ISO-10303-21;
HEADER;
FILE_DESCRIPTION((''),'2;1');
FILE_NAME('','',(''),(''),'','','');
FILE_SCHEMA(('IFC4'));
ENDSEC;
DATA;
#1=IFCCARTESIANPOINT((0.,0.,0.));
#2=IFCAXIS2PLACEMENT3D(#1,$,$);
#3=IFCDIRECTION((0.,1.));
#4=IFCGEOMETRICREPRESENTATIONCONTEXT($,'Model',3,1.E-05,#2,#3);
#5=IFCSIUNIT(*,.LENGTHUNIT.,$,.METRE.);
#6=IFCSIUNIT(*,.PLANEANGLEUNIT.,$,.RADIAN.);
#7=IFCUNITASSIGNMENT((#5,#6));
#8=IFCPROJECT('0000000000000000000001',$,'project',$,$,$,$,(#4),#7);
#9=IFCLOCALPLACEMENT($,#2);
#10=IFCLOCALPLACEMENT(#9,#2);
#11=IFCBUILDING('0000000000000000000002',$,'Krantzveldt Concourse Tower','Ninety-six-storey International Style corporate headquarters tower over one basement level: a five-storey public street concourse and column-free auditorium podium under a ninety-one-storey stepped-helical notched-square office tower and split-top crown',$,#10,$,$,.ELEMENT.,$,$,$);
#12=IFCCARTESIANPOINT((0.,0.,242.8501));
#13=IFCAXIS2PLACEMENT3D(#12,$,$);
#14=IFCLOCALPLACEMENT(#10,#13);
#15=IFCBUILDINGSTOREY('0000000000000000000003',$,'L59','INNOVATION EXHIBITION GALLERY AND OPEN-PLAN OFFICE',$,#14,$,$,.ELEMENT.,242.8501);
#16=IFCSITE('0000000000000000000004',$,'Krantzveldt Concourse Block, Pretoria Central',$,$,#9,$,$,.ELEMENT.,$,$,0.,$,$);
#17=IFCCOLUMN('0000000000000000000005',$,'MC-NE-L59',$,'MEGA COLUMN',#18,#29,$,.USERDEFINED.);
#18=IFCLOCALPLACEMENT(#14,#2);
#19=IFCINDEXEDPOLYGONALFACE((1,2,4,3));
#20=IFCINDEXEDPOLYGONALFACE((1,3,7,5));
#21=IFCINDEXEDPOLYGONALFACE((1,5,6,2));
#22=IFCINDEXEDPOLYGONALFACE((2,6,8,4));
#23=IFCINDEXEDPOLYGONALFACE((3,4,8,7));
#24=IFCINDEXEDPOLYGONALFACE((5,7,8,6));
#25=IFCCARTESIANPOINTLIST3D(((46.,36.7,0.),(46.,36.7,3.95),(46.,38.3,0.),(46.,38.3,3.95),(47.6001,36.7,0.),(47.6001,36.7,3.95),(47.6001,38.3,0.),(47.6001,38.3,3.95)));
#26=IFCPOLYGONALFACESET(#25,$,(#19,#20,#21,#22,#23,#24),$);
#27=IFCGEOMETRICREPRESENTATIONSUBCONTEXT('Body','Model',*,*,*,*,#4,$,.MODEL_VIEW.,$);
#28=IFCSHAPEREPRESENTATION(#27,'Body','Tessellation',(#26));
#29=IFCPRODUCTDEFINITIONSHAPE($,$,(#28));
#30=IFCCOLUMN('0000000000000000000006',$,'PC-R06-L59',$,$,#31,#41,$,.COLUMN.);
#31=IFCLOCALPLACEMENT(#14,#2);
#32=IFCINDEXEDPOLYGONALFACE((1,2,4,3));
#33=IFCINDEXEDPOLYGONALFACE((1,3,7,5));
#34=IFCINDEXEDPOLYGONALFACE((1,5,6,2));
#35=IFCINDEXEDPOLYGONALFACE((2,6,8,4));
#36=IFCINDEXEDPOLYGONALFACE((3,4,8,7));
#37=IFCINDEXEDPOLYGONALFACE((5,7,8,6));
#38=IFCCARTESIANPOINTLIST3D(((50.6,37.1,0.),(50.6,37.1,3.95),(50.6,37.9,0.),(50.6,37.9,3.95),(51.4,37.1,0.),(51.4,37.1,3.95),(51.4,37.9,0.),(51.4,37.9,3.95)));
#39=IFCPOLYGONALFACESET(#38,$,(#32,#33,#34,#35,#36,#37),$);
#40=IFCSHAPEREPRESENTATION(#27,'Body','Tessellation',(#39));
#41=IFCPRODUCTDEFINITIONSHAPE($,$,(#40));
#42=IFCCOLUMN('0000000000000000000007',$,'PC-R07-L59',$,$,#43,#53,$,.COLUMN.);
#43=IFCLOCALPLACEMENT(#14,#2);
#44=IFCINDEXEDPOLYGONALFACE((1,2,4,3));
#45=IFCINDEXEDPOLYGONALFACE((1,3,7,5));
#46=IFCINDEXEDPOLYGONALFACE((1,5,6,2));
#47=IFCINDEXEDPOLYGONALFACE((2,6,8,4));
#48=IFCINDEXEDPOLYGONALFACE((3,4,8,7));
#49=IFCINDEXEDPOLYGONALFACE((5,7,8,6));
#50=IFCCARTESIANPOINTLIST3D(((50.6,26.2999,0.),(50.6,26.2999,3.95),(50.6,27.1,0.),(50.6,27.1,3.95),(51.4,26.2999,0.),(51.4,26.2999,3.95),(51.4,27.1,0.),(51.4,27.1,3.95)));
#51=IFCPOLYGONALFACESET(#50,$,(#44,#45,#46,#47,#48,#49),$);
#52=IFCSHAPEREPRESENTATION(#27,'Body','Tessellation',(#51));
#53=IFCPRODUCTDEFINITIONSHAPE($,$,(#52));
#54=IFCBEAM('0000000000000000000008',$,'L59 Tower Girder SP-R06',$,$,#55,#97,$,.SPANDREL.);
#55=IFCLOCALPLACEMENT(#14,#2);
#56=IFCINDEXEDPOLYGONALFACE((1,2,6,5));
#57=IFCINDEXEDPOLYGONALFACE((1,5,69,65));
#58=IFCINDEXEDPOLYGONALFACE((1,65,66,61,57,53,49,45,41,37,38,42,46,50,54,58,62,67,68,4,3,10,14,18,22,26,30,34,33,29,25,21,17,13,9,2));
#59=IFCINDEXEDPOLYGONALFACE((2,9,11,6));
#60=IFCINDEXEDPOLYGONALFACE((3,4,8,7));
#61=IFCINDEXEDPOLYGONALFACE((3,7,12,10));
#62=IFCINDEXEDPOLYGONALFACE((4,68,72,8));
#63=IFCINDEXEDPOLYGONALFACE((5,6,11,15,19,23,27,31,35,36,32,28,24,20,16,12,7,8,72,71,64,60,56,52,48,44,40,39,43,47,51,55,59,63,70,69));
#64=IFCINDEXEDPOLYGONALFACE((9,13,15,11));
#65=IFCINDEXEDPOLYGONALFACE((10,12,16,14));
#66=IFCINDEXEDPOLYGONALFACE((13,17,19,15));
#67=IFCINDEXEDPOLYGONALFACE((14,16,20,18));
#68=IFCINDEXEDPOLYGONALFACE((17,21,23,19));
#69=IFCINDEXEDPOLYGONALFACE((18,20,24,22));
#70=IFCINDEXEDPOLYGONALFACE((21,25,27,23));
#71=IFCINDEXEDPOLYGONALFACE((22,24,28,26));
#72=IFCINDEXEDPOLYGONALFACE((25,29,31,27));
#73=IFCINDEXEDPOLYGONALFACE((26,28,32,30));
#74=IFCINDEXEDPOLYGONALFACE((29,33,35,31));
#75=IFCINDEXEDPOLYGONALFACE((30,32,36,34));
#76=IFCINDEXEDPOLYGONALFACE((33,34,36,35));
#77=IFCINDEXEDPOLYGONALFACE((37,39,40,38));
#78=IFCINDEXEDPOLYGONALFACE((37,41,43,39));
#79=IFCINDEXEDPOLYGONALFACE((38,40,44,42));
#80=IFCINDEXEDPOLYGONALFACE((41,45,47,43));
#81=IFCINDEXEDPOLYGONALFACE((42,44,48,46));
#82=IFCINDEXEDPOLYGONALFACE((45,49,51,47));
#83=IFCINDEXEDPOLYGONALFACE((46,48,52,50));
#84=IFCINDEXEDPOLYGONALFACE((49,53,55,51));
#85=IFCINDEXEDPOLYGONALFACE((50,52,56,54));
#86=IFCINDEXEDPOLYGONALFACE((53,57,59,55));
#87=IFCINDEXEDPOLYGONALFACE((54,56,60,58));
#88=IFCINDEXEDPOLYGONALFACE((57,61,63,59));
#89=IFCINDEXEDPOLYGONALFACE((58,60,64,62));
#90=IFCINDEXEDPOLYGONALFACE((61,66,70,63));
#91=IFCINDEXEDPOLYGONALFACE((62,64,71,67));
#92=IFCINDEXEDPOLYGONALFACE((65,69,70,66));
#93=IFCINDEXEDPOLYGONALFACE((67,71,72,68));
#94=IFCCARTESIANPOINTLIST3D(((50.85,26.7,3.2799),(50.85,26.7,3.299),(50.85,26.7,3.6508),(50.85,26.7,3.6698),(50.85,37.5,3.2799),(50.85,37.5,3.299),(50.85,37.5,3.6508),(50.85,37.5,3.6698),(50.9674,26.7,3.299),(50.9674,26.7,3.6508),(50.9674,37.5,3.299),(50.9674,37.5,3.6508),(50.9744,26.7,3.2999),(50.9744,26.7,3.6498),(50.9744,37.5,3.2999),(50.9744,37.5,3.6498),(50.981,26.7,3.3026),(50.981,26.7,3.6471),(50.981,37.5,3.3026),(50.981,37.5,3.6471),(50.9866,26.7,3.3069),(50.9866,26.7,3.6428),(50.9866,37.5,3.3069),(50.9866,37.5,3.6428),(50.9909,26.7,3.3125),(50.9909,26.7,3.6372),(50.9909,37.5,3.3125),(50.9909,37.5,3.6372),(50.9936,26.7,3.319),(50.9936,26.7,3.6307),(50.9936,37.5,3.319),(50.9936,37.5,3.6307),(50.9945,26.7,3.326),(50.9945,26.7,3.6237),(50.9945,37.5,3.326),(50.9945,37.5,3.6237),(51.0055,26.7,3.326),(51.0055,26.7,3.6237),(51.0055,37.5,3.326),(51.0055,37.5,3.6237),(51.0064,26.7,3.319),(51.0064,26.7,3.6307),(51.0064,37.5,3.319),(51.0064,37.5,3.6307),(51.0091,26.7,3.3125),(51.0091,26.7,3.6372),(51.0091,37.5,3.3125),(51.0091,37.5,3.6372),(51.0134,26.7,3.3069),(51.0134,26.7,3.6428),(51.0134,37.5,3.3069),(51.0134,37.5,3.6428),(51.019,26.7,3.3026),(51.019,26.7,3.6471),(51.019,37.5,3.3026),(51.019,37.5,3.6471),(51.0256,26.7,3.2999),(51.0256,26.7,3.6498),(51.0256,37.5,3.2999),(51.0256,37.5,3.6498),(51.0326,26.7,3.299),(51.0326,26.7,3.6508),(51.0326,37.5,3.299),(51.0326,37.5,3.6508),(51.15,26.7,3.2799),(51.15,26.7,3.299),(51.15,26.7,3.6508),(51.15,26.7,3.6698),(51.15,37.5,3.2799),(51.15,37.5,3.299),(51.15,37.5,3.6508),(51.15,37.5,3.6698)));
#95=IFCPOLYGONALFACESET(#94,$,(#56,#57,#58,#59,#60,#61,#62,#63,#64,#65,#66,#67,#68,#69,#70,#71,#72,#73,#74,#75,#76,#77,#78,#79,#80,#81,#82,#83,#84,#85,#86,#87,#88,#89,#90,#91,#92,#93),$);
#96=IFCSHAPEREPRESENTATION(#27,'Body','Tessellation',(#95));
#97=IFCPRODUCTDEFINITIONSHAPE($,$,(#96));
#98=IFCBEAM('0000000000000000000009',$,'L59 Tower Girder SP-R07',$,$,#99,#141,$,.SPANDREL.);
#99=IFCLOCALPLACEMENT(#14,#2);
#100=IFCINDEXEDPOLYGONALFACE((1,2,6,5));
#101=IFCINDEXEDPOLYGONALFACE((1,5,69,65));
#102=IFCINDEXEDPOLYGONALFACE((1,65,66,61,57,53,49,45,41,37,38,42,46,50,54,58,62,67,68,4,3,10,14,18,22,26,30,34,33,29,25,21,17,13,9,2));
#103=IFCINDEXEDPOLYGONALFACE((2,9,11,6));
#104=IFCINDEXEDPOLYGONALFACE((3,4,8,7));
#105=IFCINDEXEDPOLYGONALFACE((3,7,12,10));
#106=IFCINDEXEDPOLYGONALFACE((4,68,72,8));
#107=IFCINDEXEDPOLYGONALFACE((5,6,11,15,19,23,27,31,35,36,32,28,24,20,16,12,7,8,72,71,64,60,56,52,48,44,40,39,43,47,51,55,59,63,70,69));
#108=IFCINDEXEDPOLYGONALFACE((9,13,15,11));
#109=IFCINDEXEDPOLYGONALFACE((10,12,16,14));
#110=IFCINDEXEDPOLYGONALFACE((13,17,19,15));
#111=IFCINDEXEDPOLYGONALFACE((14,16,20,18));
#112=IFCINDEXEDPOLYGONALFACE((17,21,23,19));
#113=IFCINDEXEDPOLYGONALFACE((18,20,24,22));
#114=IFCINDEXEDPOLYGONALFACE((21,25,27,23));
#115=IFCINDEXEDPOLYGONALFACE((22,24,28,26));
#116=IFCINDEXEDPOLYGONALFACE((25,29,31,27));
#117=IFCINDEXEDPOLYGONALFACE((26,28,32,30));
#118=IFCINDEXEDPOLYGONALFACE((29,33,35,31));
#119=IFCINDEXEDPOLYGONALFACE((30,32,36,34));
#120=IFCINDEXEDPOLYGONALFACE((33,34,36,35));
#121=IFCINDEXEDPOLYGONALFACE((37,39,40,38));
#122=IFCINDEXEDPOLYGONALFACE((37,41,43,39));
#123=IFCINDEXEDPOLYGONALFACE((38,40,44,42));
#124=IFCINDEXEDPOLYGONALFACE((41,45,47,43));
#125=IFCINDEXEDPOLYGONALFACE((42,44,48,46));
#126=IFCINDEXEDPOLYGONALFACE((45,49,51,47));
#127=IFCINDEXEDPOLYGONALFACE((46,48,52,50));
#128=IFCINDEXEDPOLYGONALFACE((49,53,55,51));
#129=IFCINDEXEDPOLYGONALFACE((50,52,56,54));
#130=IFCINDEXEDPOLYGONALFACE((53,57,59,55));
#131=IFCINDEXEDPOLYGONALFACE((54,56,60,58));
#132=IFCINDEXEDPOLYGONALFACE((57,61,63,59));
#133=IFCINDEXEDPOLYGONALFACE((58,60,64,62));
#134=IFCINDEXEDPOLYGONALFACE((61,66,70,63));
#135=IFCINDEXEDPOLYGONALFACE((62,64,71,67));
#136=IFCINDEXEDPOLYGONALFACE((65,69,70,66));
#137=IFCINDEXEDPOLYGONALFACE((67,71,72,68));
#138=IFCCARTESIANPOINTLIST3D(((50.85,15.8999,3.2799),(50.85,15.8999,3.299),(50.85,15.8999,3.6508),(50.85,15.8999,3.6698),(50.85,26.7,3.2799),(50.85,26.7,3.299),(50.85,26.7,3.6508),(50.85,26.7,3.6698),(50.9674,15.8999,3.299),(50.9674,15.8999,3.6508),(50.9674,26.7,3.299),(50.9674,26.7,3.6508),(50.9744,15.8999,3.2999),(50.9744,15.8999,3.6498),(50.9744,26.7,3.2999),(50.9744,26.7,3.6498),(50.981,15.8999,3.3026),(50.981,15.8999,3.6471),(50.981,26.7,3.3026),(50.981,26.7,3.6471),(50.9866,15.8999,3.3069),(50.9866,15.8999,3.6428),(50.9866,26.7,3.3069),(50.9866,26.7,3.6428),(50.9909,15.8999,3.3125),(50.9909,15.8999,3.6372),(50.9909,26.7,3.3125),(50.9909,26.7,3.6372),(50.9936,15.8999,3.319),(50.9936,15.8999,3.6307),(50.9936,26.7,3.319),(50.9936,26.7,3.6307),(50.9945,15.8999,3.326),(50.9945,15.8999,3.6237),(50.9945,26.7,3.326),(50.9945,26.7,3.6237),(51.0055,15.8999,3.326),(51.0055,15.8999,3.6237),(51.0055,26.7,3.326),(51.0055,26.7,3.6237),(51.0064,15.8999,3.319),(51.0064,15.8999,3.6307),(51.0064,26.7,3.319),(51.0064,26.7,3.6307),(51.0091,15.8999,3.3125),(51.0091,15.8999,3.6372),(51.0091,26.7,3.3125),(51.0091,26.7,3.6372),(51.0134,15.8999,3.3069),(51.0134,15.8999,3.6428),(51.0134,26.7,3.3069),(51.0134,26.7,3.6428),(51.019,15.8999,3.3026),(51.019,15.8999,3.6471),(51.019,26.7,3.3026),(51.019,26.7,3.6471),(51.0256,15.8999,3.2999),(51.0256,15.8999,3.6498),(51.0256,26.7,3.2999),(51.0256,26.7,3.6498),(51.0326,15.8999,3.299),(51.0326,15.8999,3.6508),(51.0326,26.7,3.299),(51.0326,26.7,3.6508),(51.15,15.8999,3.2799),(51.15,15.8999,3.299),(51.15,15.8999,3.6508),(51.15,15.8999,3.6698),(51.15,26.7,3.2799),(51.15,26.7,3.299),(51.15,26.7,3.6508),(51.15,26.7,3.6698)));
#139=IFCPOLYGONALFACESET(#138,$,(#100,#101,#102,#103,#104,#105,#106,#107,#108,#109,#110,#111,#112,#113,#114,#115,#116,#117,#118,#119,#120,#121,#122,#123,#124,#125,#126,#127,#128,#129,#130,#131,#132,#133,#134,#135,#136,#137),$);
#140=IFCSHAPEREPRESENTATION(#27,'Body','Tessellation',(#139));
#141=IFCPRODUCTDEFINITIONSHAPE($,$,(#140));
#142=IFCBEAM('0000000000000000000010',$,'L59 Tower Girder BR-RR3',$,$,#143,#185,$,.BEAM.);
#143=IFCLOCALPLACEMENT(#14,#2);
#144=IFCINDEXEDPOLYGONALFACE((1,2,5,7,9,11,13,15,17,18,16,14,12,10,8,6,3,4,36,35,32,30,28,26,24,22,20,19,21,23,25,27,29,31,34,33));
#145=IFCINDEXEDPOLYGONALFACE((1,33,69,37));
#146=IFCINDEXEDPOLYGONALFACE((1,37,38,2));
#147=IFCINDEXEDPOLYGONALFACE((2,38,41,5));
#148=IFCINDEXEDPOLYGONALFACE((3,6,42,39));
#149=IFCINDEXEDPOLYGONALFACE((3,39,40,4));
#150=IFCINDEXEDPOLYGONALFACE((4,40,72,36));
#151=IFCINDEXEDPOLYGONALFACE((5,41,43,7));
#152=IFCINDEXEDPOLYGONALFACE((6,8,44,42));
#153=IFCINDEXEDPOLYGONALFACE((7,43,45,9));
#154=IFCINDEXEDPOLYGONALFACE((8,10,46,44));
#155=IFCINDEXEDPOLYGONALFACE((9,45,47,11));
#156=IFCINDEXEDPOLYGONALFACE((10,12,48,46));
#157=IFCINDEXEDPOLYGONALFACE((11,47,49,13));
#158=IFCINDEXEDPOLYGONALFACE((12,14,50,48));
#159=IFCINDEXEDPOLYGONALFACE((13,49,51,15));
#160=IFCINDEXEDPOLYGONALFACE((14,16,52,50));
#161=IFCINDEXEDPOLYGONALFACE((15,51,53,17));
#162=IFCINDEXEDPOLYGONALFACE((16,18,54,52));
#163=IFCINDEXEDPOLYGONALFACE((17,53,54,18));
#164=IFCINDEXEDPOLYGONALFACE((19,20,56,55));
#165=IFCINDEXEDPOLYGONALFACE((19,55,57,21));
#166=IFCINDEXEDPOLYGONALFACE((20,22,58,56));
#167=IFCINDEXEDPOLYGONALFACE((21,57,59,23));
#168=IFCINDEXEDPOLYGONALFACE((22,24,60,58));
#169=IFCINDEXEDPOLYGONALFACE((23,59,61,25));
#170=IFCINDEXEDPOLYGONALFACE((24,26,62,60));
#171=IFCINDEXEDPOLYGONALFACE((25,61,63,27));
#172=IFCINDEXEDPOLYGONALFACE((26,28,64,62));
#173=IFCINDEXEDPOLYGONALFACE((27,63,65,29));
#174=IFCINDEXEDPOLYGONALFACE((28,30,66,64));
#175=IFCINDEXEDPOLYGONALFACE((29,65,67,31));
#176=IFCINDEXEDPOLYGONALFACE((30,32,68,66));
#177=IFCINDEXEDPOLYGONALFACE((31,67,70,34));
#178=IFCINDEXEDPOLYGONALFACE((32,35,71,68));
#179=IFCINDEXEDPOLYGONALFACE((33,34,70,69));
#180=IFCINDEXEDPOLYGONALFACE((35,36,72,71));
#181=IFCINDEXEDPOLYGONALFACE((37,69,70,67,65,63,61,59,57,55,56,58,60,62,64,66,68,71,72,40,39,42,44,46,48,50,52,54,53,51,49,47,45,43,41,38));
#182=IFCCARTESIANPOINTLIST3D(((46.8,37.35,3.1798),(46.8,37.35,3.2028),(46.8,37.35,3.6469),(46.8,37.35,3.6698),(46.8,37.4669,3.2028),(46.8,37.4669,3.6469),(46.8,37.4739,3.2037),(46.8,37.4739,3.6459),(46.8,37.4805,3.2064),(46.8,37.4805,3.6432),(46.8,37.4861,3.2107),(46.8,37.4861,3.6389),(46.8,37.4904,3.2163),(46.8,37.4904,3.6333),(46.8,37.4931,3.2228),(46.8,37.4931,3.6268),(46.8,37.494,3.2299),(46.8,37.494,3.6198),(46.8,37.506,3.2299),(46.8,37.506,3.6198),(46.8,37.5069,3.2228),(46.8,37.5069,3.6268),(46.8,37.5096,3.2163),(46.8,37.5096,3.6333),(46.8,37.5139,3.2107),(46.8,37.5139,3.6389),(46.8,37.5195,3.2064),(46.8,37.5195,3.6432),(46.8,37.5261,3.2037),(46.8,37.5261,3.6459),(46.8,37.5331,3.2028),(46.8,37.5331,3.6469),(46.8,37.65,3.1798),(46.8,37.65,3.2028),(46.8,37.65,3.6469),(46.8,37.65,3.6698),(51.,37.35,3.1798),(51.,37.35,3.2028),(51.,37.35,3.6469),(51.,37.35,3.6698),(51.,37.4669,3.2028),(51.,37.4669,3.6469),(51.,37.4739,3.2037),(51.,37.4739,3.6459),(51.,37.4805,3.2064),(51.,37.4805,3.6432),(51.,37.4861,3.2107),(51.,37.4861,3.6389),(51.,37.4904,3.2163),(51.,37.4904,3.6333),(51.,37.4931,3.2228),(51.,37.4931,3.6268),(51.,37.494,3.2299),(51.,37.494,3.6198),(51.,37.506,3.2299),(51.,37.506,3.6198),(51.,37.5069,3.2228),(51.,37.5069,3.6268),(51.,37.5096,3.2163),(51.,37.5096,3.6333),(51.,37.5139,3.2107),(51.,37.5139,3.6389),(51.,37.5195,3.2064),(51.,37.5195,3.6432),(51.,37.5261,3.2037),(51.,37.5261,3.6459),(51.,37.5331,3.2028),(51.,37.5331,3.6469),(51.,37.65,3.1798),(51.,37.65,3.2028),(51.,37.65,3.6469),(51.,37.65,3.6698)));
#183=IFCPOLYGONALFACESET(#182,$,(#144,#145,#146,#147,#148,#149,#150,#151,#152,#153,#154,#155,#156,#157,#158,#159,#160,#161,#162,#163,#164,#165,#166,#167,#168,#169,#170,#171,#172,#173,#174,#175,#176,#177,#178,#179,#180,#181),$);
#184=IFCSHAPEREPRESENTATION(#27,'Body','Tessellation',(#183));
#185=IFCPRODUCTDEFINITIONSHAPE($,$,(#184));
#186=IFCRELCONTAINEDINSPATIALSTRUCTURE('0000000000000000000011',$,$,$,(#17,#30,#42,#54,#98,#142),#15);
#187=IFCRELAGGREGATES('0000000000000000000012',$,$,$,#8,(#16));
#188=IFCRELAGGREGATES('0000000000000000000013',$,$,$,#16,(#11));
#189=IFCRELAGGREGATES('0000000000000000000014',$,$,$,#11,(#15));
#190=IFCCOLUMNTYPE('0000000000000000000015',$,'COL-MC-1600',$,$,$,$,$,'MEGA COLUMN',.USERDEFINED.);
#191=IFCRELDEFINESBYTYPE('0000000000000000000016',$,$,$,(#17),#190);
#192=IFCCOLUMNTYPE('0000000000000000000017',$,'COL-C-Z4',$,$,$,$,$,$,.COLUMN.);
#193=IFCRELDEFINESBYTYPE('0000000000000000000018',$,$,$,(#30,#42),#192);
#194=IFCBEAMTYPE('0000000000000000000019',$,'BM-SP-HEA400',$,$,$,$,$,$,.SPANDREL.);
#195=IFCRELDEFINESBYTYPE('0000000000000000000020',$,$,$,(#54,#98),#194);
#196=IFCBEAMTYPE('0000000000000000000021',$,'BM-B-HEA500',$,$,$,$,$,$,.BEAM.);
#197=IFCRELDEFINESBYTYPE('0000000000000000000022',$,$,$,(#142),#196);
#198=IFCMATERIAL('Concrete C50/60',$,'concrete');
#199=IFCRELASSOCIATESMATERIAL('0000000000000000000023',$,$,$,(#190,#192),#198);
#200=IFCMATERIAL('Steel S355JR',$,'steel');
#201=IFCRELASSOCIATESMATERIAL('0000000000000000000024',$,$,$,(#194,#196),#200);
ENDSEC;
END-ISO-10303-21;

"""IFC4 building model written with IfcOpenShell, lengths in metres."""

from ifc_helpers import new_model, si_unit, direction, frame, origin, origin_2d, place, context, subcontext, project, spatial, rectangle, i_section, extrude, source, transform, mapped, material, material_profile, profile_set, type_object, type_shapes, element, save


model = new_model("IFC4")

# Units and contexts
model_context = context("Model", 3, precision=1e-05, world=origin(), true_north=direction((0.0, 1.0)))
body_context = subcontext(model_context, "Body", "Model", "MODEL_VIEW")
ifc_project = project(units=[si_unit("LENGTHUNIT", "METRE"), si_unit("PLANEANGLEUNIT", "RADIAN")], contexts=[model_context])

# Site, building, storey
site_placement = place(None, origin())
site = spatial("IfcSite", under=ifc_project, at=site_placement, Name="Krantzveldt Concourse Block, Pretoria Central", CompositionType="ELEMENT", RefElevation=0.0)
building_placement = place(site_placement, origin())
building = spatial("IfcBuilding", under=site, at=building_placement, Name="Krantzveldt Concourse Tower", Description="Ninety-six-storey International Style corporate headquarters tower over one basement level: a five-storey public street concourse and column-free auditorium podium under a ninety-one-storey stepped-helical notched-square office tower and split-top crown", CompositionType="ELEMENT")
storey_placement = place(building_placement, frame((0.0, 0.0, 242.8501)))
storey = spatial("IfcBuildingStorey", under=building, at=storey_placement, Name="L59", Description="INNOVATION EXHIBITION GALLERY AND OPEN-PLAN OFFICE", CompositionType="ELEMENT", Elevation=242.8501)

# Columns
ifc_material_1 = material(Name="Concrete C50/60", Category="concrete")
ifc_material_profile_1 = material_profile(ifc_material_1, rectangle(XDim=1.6001, YDim=1.6001, at=origin_2d()), Name="Concrete C50/60", Category="concrete")
ifc_profile_set_1 = profile_set([ifc_material_profile_1], Name="Concrete C50/60 - RC 1600x1600")
column_type_1 = type_object("IfcColumnType", Name="COL-MC-1600", ElementType="MEGA COLUMN", PredefinedType="USERDEFINED", material=ifc_profile_set_1)
shared_shape_1 = source(origin(), body_context, "Body", "SweptSolid", [
    extrude(rectangle(XDim=1.6001, YDim=1.6001, at=origin_2d()), origin(), (0.0, 0.0, 1.0), 3.95),
])
type_shapes(column_type_1, [shared_shape_1])
column_placement = place(storey_placement, frame((46.8, 37.5, 0.0), z_axis=(0.0, 0.0, 1.0), x_axis=(1.0, 0.0, 0.0)))
element("IfcColumn", 1, at=column_placement, inside=storey, type_object=column_type_1, Name="MC-NE-L59", ObjectType="MEGA COLUMN", PredefinedType="USERDEFINED", context=body_context, shape_type="MappedRepresentation", body=[
    mapped(shared_shape_1, transform((0.0, 0.0, 0.0), x_axis=(1.0, 0.0, 0.0), y_axis=(0.0, 1.0, 0.0), z_axis=(0.0, 0.0, 1.0), scale=1.0)),
])
ifc_material_profile_2 = material_profile(ifc_material_1, rectangle(XDim=0.8, YDim=0.8, at=origin_2d()), Name="Concrete C50/60", Category="concrete")
ifc_profile_set_2 = profile_set([ifc_material_profile_2], Name="Concrete C50/60 - RC 800x800")
column_type_2 = type_object("IfcColumnType", Name="COL-C-Z4", PredefinedType="COLUMN", material=ifc_profile_set_2)
shared_shape_2 = source(origin(), body_context, "Body", "SweptSolid", [
    extrude(rectangle(XDim=0.8, YDim=0.8, at=origin_2d()), origin(), (0.0, 0.0, 1.0), 3.95),
])
type_shapes(column_type_2, [shared_shape_2])
for number, where, z_axis, x_axis, name in (
    (2, (51.0, 37.5, 0.0), (0.0, 0.0, 1.0), (1.0, 0.0, 0.0), "PC-R06-L59"),
    (3, (51.0, 26.7, 0.0), (0.0, 0.0, 1.0), (1.0, 0.0, 0.0), "PC-R07-L59"),
):
    element("IfcColumn", number, at=place(storey_placement, frame(where, z_axis=z_axis, x_axis=x_axis)), inside=storey, type_object=column_type_2, Name=name, PredefinedType="COLUMN", context=body_context, shape_type="MappedRepresentation", body=[
        mapped(shared_shape_2, transform((0.0, 0.0, 0.0), x_axis=(1.0, 0.0, 0.0), y_axis=(0.0, 1.0, 0.0), z_axis=(0.0, 0.0, 1.0), scale=1.0)),
    ])

# Beams
ifc_material_2 = material(Name="Steel S355JR", Category="steel")
ifc_material_profile_3 = material_profile(ifc_material_2, i_section(OverallWidth=0.3, OverallDepth=0.3899, WebThickness=0.011, FlangeThickness=0.019, FilletRadius=0.0271, at=origin_2d()), Name="Steel S355JR", Category="steel")
ifc_profile_set_3 = profile_set([ifc_material_profile_3], Name="Steel S355JR - HEA 400")
beam_type_1 = type_object("IfcBeamType", Name="BM-SP-HEA400", PredefinedType="SPANDREL", material=ifc_profile_set_3)
shared_shape_3 = source(origin(), body_context, "Body", "SweptSolid", [
    extrude(i_section(OverallWidth=0.3, OverallDepth=0.3899, WebThickness=0.011, FlangeThickness=0.019, FilletRadius=0.0271, at=origin_2d()), origin(), (0.0, 0.0, 1.0), 10.8),
])
type_shapes(beam_type_1, [shared_shape_3])
for number, where, z_axis, x_axis, name in (
    (4, (51.0, 37.5, 3.4749), (0.0, -1.0, 0.0), (1.0, 0.0, 0.0), "L59 Tower Girder SP-R06"),
    (5, (51.0, 26.7, 3.4749), (0.0, -1.0, 0.0), (1.0, 0.0, 0.0), "L59 Tower Girder SP-R07"),
):
    element("IfcBeam", number, at=place(storey_placement, frame(where, z_axis=z_axis, x_axis=x_axis)), inside=storey, type_object=beam_type_1, Name=name, PredefinedType="SPANDREL", context=body_context, shape_type="MappedRepresentation", body=[
        mapped(shared_shape_3, transform((0.0, 0.0, 0.0), x_axis=(1.0, 0.0, 0.0), y_axis=(0.0, 1.0, 0.0), z_axis=(0.0, 0.0, 1.0), scale=1.0)),
    ])
ifc_material_profile_4 = material_profile(ifc_material_2, i_section(OverallWidth=0.3, OverallDepth=0.49, WebThickness=0.012, FlangeThickness=0.0229, FilletRadius=0.0271, at=origin_2d()), Name="Steel S355JR", Category="steel")
ifc_profile_set_4 = profile_set([ifc_material_profile_4], Name="Steel S355JR - HEA 500")
beam_type_2 = type_object("IfcBeamType", Name="BM-B-HEA500", PredefinedType="BEAM", material=ifc_profile_set_4)
shared_shape_4 = source(origin(), body_context, "Body", "SweptSolid", [
    extrude(i_section(OverallWidth=0.3, OverallDepth=0.49, WebThickness=0.012, FlangeThickness=0.0229, FilletRadius=0.0271, at=origin_2d()), origin(), (0.0, 0.0, 1.0), 4.2),
])
beam_1_placement = place(storey_placement, frame((46.8, 37.5, 3.4248), z_axis=(1.0, 0.0, 0.0), x_axis=(0.0, 1.0, 0.0)))
element("IfcBeam", 6, at=beam_1_placement, inside=storey, type_object=beam_type_2, Name="L59 Tower Girder BR-RR3", PredefinedType="BEAM", context=body_context, shape_type="MappedRepresentation", body=[
    mapped(shared_shape_4, transform((0.0, 0.0, 0.0), x_axis=(1.0, 0.0, 0.0), y_axis=(0.0, 1.0, 0.0), z_axis=(0.0, 0.0, 1.0), scale=1.0)),
])

save(model, "model.ifc")
